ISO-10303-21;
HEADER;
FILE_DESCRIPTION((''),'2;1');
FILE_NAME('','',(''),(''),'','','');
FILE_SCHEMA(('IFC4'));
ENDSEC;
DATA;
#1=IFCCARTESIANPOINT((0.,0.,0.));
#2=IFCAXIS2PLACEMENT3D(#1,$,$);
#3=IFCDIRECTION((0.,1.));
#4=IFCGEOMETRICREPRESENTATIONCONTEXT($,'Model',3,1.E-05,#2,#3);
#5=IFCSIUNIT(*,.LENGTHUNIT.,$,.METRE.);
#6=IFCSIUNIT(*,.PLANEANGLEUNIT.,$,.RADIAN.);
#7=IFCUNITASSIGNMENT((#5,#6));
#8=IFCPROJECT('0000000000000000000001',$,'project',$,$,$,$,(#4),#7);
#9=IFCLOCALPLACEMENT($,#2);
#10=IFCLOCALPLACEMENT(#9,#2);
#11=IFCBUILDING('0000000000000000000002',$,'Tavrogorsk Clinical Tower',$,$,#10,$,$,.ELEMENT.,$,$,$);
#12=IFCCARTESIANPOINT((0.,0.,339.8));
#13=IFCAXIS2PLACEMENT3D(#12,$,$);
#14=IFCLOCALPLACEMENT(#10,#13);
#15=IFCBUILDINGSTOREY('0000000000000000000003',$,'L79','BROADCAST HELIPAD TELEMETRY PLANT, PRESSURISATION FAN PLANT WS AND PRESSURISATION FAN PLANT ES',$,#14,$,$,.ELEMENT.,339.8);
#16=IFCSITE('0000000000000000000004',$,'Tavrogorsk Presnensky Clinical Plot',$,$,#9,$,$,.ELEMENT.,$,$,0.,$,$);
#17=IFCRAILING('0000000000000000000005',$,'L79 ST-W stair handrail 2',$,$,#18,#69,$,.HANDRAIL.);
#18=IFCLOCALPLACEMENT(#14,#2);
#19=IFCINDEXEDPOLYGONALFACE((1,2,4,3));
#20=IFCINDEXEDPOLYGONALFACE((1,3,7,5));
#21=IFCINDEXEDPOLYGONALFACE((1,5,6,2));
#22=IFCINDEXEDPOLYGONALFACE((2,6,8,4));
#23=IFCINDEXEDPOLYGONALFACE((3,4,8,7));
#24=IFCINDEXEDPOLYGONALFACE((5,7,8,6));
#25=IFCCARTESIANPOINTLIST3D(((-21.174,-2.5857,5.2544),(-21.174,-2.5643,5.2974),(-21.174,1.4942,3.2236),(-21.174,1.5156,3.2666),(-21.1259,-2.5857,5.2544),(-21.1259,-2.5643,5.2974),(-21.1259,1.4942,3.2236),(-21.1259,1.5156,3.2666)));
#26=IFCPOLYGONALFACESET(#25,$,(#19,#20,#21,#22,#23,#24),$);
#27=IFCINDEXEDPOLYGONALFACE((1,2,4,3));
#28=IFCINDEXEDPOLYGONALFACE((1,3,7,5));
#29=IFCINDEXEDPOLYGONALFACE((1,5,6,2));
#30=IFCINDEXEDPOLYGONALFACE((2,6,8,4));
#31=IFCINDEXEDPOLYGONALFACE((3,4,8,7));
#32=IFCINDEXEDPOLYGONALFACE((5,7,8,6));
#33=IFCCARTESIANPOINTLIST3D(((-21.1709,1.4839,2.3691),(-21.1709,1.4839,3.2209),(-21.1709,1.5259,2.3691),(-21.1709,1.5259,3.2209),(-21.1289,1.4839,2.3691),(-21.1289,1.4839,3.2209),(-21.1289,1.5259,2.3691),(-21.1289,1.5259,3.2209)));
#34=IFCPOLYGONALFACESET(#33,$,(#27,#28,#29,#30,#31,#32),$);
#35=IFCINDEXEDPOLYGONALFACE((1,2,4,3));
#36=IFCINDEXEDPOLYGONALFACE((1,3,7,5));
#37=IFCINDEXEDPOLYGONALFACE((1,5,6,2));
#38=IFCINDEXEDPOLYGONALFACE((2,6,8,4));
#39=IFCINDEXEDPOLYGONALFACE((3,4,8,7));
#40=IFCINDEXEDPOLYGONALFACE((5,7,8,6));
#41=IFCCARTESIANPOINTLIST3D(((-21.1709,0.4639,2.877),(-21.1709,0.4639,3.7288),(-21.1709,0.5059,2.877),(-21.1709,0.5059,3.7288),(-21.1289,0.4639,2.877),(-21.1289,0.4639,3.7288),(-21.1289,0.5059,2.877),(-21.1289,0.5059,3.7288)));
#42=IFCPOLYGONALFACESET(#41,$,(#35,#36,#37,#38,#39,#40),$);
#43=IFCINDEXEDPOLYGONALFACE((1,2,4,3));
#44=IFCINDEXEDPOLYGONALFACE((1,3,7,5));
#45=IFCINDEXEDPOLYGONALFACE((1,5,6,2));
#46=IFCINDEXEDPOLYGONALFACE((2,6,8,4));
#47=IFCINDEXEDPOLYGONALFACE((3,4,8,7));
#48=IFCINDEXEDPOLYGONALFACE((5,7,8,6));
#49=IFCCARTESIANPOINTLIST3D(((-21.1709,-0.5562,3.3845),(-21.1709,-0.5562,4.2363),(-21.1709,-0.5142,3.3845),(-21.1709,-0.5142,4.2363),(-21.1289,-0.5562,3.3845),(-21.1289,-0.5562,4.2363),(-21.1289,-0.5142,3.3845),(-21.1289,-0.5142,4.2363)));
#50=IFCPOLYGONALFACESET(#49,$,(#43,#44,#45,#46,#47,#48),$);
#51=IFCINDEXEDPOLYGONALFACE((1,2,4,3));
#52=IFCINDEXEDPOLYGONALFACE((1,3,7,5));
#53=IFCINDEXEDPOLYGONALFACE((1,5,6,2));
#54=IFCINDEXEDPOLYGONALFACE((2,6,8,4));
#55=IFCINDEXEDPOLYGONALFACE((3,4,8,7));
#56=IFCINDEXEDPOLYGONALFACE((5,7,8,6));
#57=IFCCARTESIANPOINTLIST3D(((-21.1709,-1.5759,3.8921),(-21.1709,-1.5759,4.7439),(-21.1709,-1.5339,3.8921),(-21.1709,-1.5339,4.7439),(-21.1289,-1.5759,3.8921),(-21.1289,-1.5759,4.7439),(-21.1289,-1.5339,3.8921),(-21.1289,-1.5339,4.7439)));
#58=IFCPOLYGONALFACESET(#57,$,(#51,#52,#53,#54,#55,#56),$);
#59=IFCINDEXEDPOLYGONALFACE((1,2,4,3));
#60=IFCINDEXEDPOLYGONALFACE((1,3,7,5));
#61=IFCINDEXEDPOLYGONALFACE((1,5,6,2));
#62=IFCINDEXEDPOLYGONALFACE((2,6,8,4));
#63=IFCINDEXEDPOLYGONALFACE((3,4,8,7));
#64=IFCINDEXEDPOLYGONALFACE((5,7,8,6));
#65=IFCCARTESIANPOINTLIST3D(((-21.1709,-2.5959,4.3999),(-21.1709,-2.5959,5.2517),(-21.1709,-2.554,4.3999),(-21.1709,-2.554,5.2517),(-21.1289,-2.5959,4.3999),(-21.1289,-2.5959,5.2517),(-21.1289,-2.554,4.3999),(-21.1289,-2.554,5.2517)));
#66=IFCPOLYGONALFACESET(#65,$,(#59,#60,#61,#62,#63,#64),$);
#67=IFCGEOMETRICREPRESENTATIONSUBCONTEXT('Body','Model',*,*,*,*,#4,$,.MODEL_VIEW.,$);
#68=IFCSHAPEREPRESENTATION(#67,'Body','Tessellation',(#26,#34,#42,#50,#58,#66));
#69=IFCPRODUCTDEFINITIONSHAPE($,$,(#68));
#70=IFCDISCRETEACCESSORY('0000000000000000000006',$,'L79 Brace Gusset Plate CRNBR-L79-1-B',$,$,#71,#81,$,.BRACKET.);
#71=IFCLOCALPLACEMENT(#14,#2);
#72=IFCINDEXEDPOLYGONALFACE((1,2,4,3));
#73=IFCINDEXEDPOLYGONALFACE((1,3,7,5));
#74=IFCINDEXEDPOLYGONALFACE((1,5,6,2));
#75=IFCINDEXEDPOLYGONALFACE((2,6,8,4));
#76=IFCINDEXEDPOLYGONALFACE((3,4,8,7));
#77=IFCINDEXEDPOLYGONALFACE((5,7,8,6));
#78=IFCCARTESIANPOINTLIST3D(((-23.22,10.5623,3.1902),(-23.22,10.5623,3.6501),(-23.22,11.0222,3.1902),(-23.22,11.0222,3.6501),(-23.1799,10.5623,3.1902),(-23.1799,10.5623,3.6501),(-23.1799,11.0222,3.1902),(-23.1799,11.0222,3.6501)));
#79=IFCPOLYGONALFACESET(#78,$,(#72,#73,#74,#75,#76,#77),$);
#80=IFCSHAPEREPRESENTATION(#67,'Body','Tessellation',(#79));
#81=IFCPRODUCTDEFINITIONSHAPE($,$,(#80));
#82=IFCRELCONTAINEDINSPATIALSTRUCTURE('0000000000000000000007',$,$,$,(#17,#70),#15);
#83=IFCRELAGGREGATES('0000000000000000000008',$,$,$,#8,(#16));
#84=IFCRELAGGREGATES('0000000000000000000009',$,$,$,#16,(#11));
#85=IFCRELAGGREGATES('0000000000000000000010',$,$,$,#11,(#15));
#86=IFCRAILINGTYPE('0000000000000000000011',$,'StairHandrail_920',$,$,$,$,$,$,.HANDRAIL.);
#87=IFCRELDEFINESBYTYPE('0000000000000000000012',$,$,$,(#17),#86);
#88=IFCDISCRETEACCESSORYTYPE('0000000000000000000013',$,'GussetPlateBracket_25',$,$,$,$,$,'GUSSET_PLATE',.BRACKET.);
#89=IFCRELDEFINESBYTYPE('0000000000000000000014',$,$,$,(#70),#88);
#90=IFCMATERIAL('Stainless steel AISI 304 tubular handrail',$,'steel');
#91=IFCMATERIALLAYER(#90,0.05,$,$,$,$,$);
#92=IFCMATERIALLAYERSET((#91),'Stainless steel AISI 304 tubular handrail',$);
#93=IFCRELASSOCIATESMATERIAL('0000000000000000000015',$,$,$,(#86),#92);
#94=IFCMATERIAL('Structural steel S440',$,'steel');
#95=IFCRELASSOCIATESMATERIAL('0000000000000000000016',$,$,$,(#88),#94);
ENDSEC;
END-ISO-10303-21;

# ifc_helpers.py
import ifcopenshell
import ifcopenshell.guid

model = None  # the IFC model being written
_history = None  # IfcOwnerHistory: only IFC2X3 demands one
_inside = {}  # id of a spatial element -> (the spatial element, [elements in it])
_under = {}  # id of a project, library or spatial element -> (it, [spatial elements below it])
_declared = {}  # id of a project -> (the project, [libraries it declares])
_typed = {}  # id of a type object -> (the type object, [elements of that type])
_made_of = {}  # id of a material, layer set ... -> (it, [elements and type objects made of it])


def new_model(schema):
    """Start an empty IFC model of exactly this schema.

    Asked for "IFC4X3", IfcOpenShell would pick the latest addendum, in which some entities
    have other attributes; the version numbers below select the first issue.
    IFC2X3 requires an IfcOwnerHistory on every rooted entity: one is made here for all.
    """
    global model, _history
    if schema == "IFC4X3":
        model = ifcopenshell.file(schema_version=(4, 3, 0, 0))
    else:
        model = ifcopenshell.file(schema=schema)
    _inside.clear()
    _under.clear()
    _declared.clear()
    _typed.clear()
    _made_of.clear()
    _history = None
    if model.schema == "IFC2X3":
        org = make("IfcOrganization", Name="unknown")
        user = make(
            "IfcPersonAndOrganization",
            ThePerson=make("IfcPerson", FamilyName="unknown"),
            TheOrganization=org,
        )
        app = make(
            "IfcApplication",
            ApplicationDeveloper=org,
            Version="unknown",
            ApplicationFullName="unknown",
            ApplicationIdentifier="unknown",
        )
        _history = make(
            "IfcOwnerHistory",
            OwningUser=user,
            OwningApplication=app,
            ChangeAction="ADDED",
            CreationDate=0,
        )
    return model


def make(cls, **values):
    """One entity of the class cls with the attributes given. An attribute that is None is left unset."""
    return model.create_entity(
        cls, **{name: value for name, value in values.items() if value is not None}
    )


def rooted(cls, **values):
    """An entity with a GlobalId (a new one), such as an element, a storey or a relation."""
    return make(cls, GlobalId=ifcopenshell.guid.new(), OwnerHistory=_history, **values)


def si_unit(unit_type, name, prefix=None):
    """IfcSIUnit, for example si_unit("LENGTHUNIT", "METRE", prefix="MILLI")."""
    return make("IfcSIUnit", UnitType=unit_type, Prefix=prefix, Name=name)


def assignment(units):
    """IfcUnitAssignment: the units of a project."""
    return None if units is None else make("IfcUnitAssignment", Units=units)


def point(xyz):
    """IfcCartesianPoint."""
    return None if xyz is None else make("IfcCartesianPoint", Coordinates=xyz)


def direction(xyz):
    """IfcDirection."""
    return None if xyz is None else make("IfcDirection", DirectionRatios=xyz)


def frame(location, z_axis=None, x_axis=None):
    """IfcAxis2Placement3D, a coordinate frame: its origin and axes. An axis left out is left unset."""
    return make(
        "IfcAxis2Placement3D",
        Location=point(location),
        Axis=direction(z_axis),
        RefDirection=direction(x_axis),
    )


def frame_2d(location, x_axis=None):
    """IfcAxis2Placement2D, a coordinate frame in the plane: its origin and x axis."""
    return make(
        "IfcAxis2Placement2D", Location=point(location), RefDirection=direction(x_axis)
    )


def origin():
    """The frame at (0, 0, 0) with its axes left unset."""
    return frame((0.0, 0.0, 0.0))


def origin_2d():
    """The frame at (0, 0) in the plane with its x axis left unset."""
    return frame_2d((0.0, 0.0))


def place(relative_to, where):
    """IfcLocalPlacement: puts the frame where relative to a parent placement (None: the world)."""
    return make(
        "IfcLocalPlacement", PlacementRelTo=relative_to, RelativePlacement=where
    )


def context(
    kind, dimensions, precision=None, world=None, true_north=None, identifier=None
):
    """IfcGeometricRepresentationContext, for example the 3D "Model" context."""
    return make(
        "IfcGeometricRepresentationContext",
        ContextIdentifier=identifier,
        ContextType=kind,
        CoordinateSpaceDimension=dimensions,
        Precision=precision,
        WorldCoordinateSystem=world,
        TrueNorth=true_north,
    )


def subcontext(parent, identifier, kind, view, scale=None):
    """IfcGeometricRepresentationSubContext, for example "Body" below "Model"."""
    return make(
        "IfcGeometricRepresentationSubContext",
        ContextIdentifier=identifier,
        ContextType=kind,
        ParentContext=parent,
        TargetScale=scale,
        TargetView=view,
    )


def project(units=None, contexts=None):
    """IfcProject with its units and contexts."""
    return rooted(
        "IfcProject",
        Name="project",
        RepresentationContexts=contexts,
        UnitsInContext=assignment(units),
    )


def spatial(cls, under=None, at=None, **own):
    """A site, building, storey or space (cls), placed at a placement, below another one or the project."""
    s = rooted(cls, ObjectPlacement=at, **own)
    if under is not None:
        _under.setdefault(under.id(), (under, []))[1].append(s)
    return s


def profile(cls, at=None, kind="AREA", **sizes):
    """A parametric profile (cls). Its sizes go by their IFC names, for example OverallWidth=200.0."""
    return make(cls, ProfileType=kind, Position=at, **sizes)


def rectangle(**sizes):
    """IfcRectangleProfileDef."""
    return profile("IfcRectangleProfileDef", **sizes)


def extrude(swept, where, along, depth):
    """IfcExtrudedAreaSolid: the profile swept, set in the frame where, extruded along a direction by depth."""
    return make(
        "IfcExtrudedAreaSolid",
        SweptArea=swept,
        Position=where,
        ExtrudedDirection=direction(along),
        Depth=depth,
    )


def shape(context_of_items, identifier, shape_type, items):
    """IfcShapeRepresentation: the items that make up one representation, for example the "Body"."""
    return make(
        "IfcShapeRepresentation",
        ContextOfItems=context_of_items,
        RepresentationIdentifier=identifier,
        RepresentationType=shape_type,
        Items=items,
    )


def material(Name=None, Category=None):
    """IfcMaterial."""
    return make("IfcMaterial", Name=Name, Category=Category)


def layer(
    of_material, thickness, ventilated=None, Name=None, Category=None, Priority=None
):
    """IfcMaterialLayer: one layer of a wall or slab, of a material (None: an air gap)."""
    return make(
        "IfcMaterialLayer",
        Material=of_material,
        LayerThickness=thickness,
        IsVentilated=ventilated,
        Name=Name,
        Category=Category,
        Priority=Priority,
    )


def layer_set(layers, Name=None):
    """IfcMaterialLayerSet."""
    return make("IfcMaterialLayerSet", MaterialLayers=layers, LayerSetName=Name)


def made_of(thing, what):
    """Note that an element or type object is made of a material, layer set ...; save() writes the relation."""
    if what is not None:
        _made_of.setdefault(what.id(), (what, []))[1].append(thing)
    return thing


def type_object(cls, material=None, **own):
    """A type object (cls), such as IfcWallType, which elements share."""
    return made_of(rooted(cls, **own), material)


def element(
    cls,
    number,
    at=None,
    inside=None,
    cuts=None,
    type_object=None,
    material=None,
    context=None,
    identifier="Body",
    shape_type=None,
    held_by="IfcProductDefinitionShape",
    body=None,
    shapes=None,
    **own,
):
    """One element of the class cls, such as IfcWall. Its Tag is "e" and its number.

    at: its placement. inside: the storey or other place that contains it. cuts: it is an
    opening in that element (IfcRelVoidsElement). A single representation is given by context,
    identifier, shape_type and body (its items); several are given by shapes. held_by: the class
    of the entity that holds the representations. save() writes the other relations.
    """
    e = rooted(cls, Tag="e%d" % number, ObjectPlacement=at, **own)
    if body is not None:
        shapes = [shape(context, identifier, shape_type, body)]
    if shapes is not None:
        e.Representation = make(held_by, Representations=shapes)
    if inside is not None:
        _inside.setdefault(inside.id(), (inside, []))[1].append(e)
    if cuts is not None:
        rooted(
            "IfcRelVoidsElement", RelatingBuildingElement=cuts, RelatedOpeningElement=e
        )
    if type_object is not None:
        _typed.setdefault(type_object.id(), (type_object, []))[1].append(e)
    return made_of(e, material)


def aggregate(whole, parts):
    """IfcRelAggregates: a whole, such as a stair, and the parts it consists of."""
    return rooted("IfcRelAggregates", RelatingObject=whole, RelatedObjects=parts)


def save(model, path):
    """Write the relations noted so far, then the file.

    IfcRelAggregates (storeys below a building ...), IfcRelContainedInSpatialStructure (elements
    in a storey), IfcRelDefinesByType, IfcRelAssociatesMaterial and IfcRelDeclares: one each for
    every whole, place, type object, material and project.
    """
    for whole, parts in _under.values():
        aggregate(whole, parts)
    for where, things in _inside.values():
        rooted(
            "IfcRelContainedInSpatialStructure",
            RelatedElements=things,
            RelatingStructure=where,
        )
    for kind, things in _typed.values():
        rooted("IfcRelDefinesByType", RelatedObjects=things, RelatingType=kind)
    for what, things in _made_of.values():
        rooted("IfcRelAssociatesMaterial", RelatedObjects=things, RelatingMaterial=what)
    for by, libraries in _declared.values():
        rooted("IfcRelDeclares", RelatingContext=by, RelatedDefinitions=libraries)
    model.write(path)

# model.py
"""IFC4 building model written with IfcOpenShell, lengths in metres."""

from ifc_helpers import new_model, si_unit, direction, frame, origin, origin_2d, place, context, subcontext, project, spatial, rectangle, extrude, material, layer, layer_set, type_object, element, save


model = new_model("IFC4")

# Units and contexts
model_context = context("Model", 3, precision=1e-05, world=origin(), true_north=direction((0.0, 1.0)))
body_context = subcontext(model_context, "Body", "Model", "MODEL_VIEW")
ifc_project = project(units=[si_unit("LENGTHUNIT", "METRE"), si_unit("PLANEANGLEUNIT", "RADIAN")], contexts=[model_context])

# Site, building, storey
site_placement = place(None, origin())
site = spatial("IfcSite", under=ifc_project, at=site_placement, Name="Tavrogorsk Presnensky Clinical Plot", CompositionType="ELEMENT", RefElevation=0.0)
building_placement = place(site_placement, origin())
building = spatial("IfcBuilding", under=site, at=building_placement, Name="Tavrogorsk Clinical Tower", CompositionType="ELEMENT")
storey_placement = place(building_placement, frame((0.0, 0.0, 339.8)))
storey = spatial("IfcBuildingStorey", under=building, at=storey_placement, Name="L79", Description="BROADCAST HELIPAD TELEMETRY PLANT, PRESSURISATION FAN PLANT WS AND PRESSURISATION FAN PLANT ES", CompositionType="ELEMENT", Elevation=339.8)

# Railing
ifc_material_1 = material(Name="Stainless steel AISI 304 tubular handrail", Category="steel")
ifc_layer_1 = layer(ifc_material_1, 0.05)
ifc_layer_set_1 = layer_set([ifc_layer_1], Name="Stainless steel AISI 304 tubular handrail")
railing_type_1 = type_object("IfcRailingType", Name="StairHandrail_920", PredefinedType="HANDRAIL", material=ifc_layer_set_1)
railing_1_placement = place(storey_placement, frame((-21.1499, 1.5049, 2.3691)))
element("IfcRailing", 1, at=railing_1_placement, inside=storey, type_object=railing_type_1, Name="L79 ST-W stair handrail 2", PredefinedType="HANDRAIL", context=body_context, shape_type="SweptSolid", body=[
    extrude(rectangle(XDim=0.0481, YDim=0.0481, at=origin_2d()), frame((0.0, 0.0, 0.876), z_axis=(0.0, -0.895229, 0.445606), x_axis=(1.0, 0.0, 0.0)), (0.0, 0.0, 1.0), 4.5574),
    extrude(rectangle(XDim=0.042, YDim=0.042, at=origin_2d()), origin(), (0.0, 0.0, 1.0), 0.8518),
    extrude(rectangle(XDim=0.042, YDim=0.042, at=origin_2d()), frame((0.0, -1.02, 0.5078)), (0.0, 0.0, 1.0), 0.8518),
    extrude(rectangle(XDim=0.042, YDim=0.042, at=origin_2d()), frame((0.0, -2.04, 1.0154)), (0.0, 0.0, 1.0), 0.8518),
    extrude(rectangle(XDim=0.042, YDim=0.042, at=origin_2d()), frame((0.0, -3.0598, 1.5229)), (0.0, 0.0, 1.0), 0.8518),
    extrude(rectangle(XDim=0.042, YDim=0.042, at=origin_2d()), frame((0.0, -4.0798, 2.0308)), (0.0, 0.0, 1.0), 0.8518),
])

# Discrete accessory
ifc_material_2 = material(Name="Structural steel S440", Category="steel")
discrete_accessory_type = type_object("IfcDiscreteAccessoryType", Name="GussetPlateBracket_25", ElementType="GUSSET_PLATE", PredefinedType="BRACKET", material=ifc_material_2)
discrete_accessory_placement = place(storey_placement, frame((-23.2, 10.7922, 3.1902), z_axis=(0.0, 0.0, 1.0), x_axis=(0.0, 1.0, 0.0)))
element("IfcDiscreteAccessory", 2, at=discrete_accessory_placement, inside=storey, type_object=discrete_accessory_type, Name="L79 Brace Gusset Plate CRNBR-L79-1-B", PredefinedType="BRACKET", context=body_context, shape_type="SweptSolid", body=[
    extrude(rectangle(XDim=0.46, YDim=0.04, at=origin_2d()), origin(), (0.0, 0.0, 1.0), 0.46),
])

save(model, "model.ifc")
